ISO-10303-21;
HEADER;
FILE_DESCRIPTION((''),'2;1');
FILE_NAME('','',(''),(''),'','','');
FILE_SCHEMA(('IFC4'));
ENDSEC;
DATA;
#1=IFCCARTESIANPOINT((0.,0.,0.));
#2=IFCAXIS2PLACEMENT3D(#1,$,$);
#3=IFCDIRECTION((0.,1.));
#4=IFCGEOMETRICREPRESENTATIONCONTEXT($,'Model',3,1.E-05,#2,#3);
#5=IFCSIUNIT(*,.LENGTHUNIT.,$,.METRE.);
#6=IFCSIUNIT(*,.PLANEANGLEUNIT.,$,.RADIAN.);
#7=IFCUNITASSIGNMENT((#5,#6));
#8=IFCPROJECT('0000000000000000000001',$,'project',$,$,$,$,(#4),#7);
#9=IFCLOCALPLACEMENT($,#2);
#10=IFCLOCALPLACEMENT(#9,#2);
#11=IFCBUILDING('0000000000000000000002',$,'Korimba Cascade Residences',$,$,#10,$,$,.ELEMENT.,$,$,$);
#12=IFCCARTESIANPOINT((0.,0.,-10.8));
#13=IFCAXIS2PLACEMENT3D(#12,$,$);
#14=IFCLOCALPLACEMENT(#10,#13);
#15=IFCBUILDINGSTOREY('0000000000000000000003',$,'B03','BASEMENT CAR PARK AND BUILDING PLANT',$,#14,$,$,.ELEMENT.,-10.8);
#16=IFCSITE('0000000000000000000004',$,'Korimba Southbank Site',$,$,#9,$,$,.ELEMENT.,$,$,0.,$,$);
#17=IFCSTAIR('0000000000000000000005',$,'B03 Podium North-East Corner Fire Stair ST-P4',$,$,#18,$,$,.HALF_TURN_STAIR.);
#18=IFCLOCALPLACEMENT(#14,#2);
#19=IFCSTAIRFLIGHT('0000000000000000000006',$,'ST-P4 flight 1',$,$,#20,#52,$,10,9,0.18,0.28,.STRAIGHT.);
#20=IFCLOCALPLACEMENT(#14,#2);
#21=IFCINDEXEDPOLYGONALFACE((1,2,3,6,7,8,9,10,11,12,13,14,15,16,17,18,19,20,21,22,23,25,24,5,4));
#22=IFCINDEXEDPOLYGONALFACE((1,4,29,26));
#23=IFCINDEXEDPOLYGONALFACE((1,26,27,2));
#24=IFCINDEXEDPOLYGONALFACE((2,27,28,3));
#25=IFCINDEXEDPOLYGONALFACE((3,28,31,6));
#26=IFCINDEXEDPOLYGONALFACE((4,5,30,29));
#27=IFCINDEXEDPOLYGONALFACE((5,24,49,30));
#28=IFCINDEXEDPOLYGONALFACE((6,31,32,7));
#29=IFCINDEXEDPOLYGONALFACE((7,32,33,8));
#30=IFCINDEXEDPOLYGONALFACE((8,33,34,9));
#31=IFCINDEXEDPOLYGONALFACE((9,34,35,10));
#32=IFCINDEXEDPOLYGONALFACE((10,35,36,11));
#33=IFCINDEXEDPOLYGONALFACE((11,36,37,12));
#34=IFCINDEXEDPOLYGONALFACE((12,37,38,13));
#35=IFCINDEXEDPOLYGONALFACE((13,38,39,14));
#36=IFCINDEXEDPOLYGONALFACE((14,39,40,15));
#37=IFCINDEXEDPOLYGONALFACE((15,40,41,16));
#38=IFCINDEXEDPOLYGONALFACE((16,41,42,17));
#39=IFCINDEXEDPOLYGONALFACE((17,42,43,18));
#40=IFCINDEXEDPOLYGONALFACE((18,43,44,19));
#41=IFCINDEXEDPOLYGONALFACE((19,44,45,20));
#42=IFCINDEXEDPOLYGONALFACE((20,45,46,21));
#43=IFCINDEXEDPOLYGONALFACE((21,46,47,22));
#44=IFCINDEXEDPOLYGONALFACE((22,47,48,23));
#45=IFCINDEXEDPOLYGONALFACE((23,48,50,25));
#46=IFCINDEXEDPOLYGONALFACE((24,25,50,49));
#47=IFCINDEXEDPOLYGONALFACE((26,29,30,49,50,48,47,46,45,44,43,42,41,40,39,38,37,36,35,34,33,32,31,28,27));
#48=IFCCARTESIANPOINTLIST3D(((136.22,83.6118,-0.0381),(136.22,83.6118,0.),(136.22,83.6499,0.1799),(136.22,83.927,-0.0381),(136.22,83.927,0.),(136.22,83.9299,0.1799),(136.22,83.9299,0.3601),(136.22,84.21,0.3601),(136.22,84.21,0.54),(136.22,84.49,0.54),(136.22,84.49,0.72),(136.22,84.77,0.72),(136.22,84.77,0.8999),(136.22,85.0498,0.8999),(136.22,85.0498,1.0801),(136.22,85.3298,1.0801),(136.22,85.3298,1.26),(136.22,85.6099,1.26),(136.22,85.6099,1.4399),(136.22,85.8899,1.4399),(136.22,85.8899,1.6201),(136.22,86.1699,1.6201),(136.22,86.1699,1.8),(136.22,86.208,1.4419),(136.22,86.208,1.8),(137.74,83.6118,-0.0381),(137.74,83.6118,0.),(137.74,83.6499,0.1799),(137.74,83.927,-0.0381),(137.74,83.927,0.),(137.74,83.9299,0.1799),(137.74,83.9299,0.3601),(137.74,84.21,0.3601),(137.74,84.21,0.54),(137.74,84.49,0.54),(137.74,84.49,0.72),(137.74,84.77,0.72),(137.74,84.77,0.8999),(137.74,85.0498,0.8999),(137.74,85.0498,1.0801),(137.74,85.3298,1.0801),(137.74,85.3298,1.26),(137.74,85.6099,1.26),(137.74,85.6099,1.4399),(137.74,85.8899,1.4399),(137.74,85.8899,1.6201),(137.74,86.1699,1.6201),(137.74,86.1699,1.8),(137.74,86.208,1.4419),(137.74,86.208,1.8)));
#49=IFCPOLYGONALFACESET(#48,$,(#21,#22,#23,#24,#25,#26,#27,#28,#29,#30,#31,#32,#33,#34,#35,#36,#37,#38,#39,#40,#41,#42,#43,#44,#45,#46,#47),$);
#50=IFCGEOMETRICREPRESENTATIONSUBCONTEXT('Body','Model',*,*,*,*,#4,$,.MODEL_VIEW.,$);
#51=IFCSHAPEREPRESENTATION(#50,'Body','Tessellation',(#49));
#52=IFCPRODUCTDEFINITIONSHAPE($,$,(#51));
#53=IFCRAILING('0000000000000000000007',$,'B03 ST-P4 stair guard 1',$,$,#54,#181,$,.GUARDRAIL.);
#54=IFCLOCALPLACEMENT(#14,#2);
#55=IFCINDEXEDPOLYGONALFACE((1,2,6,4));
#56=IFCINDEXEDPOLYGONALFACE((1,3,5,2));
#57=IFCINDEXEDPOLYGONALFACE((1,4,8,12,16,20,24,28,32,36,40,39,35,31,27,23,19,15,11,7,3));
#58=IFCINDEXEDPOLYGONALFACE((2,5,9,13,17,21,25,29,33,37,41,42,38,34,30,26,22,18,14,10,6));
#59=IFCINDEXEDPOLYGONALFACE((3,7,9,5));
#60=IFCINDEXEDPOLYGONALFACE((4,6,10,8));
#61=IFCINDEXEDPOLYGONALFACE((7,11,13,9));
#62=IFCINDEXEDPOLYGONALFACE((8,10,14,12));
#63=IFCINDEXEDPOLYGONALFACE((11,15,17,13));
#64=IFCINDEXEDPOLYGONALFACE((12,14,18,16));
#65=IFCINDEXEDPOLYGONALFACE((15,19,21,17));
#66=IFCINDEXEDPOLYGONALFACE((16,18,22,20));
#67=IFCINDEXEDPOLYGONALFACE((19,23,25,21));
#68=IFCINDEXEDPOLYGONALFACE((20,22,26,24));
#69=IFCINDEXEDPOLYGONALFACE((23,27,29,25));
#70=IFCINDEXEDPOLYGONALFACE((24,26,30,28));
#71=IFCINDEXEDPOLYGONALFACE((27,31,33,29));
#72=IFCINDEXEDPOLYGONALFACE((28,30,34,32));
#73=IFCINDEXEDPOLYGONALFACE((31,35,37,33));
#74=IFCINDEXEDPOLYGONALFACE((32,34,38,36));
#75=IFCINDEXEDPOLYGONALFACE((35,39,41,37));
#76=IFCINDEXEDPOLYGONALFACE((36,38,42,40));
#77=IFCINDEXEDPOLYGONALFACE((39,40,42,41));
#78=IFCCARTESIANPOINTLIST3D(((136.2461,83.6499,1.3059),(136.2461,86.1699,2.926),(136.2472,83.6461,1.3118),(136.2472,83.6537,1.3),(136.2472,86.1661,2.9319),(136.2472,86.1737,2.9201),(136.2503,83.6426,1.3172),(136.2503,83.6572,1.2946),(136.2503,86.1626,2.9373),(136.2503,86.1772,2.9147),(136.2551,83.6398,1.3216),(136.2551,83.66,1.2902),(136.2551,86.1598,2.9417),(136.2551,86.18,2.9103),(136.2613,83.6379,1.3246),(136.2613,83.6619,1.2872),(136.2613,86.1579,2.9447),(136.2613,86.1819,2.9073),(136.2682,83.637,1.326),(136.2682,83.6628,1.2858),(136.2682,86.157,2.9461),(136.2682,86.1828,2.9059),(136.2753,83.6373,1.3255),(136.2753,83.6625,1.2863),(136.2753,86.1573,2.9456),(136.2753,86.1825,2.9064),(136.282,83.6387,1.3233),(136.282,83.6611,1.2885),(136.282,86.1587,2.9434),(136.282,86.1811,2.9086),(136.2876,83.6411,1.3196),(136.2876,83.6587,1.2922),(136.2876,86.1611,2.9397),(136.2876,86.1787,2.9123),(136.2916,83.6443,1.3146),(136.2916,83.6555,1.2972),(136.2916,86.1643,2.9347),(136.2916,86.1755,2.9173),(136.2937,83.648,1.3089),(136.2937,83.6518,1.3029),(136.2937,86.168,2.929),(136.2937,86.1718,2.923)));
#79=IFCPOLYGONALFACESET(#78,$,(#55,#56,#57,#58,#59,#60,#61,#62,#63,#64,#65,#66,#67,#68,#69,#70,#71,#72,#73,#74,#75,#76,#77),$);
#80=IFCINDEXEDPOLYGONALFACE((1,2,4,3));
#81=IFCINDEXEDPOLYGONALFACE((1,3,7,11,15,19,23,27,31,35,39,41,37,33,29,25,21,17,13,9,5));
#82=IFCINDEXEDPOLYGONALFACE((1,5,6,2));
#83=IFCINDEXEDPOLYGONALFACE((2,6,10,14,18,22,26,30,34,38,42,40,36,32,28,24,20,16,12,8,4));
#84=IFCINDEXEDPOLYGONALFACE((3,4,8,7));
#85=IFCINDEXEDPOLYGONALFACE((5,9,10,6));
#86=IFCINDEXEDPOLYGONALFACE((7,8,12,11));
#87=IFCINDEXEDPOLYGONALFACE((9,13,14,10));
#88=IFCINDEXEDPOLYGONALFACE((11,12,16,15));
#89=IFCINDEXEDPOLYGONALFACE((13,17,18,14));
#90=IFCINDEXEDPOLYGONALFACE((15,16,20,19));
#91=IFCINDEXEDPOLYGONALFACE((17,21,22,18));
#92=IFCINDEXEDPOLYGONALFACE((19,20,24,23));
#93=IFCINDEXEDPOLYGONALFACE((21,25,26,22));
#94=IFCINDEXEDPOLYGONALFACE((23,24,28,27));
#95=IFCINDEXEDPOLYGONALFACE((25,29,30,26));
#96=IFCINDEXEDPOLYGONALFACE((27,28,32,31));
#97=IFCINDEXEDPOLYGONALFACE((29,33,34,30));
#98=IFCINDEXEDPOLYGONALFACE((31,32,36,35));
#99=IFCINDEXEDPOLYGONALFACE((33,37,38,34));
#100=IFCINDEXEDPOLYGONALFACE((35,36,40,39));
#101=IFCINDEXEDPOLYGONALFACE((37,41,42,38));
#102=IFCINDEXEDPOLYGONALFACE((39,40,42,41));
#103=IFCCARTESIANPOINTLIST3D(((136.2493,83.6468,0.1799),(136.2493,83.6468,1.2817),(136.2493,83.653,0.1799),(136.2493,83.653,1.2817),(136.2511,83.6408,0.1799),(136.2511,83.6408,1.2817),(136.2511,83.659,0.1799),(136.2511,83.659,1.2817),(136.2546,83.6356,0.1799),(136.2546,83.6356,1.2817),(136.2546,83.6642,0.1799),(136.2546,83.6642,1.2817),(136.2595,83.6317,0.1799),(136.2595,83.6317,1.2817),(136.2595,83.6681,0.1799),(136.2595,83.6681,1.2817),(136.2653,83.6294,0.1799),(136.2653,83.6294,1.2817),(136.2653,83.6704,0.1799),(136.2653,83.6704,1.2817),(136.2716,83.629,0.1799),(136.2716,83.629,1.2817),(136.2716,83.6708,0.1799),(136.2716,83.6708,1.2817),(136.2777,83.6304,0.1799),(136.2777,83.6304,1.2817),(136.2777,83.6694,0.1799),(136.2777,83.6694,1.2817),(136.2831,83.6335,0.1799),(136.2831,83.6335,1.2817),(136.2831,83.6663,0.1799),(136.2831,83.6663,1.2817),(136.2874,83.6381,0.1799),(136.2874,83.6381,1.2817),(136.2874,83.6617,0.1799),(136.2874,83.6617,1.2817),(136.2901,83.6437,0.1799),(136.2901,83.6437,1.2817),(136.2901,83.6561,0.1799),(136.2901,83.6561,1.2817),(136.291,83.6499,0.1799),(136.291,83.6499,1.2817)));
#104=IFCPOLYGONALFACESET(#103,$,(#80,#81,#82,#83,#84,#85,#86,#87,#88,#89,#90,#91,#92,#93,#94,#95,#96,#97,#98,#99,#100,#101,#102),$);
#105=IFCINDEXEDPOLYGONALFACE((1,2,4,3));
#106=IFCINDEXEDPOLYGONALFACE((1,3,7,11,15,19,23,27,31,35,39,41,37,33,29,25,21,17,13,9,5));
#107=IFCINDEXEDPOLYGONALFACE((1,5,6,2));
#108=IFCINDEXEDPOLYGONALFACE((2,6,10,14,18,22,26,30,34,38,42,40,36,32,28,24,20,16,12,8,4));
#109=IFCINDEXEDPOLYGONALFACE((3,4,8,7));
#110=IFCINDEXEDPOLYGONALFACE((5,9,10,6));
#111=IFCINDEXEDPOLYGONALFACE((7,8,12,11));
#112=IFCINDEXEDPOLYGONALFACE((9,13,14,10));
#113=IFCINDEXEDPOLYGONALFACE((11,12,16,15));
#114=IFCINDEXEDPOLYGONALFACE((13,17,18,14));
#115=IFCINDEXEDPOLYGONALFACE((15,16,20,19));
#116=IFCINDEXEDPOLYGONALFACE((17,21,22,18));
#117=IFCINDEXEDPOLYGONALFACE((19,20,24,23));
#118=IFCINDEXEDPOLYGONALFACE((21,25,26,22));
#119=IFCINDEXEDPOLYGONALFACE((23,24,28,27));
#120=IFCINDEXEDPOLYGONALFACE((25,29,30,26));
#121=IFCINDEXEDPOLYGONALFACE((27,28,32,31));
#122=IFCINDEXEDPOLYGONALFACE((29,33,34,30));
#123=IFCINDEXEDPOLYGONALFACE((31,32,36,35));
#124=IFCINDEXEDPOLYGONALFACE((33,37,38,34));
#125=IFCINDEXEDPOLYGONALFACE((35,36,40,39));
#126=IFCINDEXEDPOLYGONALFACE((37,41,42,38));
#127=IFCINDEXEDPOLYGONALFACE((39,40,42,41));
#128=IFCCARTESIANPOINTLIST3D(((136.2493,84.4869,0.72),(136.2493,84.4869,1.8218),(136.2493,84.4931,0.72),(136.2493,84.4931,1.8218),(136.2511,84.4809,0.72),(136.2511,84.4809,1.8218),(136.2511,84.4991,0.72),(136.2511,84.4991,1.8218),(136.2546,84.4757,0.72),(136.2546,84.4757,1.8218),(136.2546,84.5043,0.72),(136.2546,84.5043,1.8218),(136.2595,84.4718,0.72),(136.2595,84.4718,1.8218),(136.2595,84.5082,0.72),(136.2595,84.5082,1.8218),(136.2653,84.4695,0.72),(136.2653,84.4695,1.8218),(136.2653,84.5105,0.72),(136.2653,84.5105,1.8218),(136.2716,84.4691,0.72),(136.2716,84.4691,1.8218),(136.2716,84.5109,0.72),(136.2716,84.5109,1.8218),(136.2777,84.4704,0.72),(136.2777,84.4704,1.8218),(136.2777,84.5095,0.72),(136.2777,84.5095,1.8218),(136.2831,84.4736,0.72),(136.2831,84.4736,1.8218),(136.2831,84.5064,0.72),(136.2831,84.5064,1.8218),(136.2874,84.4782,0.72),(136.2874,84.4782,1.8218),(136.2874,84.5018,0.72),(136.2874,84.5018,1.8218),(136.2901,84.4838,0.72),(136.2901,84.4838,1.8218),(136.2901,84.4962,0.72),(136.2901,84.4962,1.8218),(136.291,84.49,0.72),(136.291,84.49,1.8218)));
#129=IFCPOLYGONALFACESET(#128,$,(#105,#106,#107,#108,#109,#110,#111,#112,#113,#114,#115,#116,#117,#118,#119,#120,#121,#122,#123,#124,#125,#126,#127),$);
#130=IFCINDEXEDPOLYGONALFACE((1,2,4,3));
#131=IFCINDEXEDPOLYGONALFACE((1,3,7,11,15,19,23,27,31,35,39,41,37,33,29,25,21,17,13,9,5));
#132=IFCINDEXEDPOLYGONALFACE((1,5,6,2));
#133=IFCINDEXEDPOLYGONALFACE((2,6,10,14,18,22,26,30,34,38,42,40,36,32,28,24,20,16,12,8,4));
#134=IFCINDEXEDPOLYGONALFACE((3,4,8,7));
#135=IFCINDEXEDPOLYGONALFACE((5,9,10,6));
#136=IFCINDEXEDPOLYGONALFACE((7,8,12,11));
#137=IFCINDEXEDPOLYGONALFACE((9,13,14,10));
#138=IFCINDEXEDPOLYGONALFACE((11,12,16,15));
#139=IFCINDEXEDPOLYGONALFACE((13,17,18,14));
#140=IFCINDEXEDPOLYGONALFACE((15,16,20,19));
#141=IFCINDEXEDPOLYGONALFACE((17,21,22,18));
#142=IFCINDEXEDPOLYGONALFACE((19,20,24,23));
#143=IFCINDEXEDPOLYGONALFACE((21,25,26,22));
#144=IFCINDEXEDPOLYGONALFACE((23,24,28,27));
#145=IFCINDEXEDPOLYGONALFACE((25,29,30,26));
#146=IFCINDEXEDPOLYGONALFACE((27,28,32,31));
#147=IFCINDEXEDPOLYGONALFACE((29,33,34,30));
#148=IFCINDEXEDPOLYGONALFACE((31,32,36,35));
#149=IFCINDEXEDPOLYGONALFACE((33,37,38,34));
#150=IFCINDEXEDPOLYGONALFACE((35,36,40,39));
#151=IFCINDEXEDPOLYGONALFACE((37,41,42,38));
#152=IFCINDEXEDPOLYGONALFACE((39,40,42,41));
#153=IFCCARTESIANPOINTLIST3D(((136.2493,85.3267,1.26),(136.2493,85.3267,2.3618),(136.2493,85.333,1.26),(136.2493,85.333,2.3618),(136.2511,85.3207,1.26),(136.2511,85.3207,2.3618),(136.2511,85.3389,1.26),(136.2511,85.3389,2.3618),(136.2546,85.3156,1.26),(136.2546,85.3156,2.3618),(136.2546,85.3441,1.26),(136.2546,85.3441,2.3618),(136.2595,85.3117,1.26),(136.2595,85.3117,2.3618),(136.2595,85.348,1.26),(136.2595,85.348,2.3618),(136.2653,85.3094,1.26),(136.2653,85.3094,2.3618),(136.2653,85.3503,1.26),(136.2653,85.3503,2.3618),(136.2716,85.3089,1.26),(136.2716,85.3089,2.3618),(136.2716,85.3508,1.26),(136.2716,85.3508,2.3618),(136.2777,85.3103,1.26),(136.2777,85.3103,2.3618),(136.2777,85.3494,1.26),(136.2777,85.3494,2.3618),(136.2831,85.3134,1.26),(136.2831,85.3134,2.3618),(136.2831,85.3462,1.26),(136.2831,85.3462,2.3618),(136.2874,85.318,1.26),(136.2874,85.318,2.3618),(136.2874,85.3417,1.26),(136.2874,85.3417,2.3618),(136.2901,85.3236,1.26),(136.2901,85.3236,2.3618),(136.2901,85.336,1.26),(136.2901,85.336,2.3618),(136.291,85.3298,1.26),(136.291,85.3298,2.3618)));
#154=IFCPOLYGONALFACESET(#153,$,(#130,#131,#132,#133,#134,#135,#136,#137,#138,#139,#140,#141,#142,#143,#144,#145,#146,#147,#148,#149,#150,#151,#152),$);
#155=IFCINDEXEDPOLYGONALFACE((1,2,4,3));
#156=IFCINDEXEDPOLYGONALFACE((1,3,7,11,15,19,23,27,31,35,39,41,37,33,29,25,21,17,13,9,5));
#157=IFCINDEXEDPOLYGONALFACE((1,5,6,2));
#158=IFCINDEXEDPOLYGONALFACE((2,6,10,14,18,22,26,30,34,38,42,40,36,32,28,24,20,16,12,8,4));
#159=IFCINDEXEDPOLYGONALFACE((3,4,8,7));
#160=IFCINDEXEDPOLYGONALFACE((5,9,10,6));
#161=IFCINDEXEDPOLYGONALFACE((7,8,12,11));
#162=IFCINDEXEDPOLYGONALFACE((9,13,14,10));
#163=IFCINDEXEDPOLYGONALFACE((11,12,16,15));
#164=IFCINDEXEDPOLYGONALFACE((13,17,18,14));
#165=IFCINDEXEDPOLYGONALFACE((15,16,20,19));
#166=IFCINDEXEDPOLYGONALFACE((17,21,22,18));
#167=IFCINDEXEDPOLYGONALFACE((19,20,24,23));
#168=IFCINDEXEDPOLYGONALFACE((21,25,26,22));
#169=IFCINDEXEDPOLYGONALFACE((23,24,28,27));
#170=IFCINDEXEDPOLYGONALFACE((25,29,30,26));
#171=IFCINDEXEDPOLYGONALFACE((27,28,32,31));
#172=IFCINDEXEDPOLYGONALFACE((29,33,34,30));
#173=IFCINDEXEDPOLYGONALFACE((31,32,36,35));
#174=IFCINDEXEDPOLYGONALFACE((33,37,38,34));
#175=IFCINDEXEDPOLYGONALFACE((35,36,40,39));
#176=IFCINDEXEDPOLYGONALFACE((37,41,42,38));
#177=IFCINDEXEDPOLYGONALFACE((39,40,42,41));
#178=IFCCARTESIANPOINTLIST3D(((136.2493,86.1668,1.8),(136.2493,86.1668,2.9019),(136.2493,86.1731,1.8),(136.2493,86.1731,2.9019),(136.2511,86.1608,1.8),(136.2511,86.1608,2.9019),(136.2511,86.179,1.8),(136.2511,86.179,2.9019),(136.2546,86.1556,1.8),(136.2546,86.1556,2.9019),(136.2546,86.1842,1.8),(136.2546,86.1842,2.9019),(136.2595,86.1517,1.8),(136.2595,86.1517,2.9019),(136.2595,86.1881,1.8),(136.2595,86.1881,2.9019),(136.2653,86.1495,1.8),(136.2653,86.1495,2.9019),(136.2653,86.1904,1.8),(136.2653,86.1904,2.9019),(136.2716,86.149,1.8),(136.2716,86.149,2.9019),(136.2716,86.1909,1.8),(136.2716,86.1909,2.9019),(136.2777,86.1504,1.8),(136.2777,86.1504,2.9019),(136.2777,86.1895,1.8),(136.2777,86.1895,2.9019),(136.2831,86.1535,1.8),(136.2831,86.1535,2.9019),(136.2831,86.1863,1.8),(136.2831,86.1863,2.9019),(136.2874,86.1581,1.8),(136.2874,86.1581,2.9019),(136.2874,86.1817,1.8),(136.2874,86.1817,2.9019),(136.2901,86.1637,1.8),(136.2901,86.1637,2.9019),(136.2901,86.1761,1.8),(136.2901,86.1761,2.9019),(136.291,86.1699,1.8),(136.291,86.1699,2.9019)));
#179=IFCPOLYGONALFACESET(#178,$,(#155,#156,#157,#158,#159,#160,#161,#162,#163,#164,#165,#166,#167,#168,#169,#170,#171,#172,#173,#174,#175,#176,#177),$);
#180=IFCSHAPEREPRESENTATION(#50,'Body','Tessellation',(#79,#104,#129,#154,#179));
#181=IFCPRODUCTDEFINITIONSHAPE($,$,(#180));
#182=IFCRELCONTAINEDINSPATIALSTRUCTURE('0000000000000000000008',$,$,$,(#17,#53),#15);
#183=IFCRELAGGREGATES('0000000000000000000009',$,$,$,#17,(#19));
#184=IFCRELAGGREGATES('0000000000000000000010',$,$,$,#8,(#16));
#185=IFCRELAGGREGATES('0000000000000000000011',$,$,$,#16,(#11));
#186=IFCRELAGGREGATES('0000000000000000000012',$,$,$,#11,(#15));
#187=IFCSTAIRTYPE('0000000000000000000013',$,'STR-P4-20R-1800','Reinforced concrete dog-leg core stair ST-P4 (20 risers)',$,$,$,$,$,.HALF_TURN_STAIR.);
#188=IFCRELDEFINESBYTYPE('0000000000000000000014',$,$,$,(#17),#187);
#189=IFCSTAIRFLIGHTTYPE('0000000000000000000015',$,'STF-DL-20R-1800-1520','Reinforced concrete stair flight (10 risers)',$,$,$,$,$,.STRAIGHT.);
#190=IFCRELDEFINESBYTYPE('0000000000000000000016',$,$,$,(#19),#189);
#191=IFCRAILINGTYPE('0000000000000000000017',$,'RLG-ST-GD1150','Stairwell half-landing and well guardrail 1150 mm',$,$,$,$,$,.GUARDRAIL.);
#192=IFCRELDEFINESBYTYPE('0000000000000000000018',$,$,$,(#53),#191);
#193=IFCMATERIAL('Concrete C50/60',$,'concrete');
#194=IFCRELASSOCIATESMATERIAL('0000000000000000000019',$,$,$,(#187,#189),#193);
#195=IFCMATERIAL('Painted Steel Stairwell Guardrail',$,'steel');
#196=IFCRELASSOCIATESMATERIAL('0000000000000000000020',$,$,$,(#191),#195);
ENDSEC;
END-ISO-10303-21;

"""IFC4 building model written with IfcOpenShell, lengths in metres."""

from ifc_helpers import new_model, si_unit, direction, frame, origin, origin_2d, place, context, subcontext, project, spatial, polyline, circle, outline, extrude, material, type_object, element, aggregate, save


model = new_model("IFC4")

# Units and contexts
model_context = context("Model", 3, precision=1e-05, world=origin(), true_north=direction((0.0, 1.0)))
body_context = subcontext(model_context, "Body", "Model", "MODEL_VIEW")
ifc_project = project(units=[si_unit("LENGTHUNIT", "METRE"), si_unit("PLANEANGLEUNIT", "RADIAN")], contexts=[model_context])

# Site, building, storey
site_placement = place(None, origin())
site = spatial("IfcSite", under=ifc_project, at=site_placement, Name="Korimba Southbank Site", CompositionType="ELEMENT", RefElevation=0.0)
building_placement = place(site_placement, origin())
building = spatial("IfcBuilding", under=site, at=building_placement, Name="Korimba Cascade Residences", CompositionType="ELEMENT")
storey_placement = place(building_placement, frame((0.0, 0.0, -10.8)))
storey = spatial("IfcBuildingStorey", under=building, at=storey_placement, Name="B03", Description="BASEMENT CAR PARK AND BUILDING PLANT", CompositionType="ELEMENT", Elevation=-10.8)

# Shared definitions
ifc_material_1 = material(Name="Concrete C50/60", Category="concrete")

# Stair, stair flight
stair_type = type_object("IfcStairType", Name="STR-P4-20R-1800", Description="Reinforced concrete dog-leg core stair ST-P4 (20 risers)", PredefinedType="HALF_TURN_STAIR", material=ifc_material_1)
stair_placement = place(storey_placement, origin())
stair = element("IfcStair", 1, at=stair_placement, inside=storey, type_object=stair_type, Name="B03 Podium North-East Corner Fire Stair ST-P4", PredefinedType="HALF_TURN_STAIR")
stair_flight_type = type_object("IfcStairFlightType", Name="STF-DL-20R-1800-1520", Description="Reinforced concrete stair flight (10 risers)", PredefinedType="STRAIGHT", material=ifc_material_1)
stair_flight_placement = place(storey_placement, frame((136.98, 83.6499, 0.0), z_axis=(0.0, 0.0, 1.0), x_axis=(0.0, 1.0, 0.0)))
stair_flight = element("IfcStairFlight", 2, at=stair_flight_placement, type_object=stair_flight_type, Name="ST-P4 flight 1", NumberOfRisers=10, NumberOfTreads=9, PredefinedType="STRAIGHT", RiserHeight=0.18, TreadLength=0.28, context=body_context, shape_type="SweptSolid", body=[
    extrude(outline(polyline([(-0.0381, 0.0), (0.0, 0.1799), (0.28, 0.1799), (0.28, 0.3601), (0.5601, 0.3601), (0.5601, 0.54), (0.8401, 0.54), (0.8401, 0.72), (1.1201, 0.72), (1.1201, 0.8999), (1.3999, 0.8999), (1.3999, 1.0801), (1.6799, 1.0801), (1.6799, 1.26), (1.96, 1.26), (1.96, 1.4399), (2.24, 1.4399), (2.24, 1.6201), (2.52, 1.6201), (2.52, 1.8), (2.5581, 1.8), (2.5581, 1.4419), (0.2771, 0.0), (0.2771, -0.0381), (-0.0381, -0.0381), (-0.0381, 0.0)])), frame((0.0, 0.76, 0.0), z_axis=(0.0, -1.0, 0.0), x_axis=(1.0, 0.0, 0.0)), (0.0, 0.0, 1.0), 1.52),
])
aggregate(stair, [stair_flight])

# Railing
ifc_material_2 = material(Name="Painted Steel Stairwell Guardrail", Category="steel")
railing_type_1 = type_object("IfcRailingType", Name="RLG-ST-GD1150", Description="Stairwell half-landing and well guardrail 1150 mm", PredefinedType="GUARDRAIL", material=ifc_material_2)
railing_1_placement = place(storey_placement, frame((136.27, 83.6499, 0.1799)))
element("IfcRailing", 3, at=railing_1_placement, inside=storey, type_object=railing_type_1, Name="B03 ST-P4 stair guard 1", PredefinedType="GUARDRAIL", context=body_context, shape_type="SweptSolid", body=[
    extrude(circle(Radius=0.0239, at=origin_2d()), frame((0.0, 0.0, 1.126), z_axis=(0.0, 0.841163, 0.540782), x_axis=(-1.0, 0.0, 0.0)), (0.0, 0.0, 1.0), 2.9958),
    extrude(circle(Radius=0.021, at=origin_2d()), origin(), (0.0, 0.0, 1.0), 1.1018),
    extrude(circle(Radius=0.021, at=origin_2d()), frame((0.0, 0.8401, 0.54)), (0.0, 0.0, 1.0), 1.1018),
    extrude(circle(Radius=0.021, at=origin_2d()), frame((0.0, 1.6799, 1.0801)), (0.0, 0.0, 1.0), 1.1018),
    extrude(circle(Radius=0.021, at=origin_2d()), frame((0.0, 2.52, 1.6201)), (0.0, 0.0, 1.0), 1.1018),
])

save(model, "model.ifc")
